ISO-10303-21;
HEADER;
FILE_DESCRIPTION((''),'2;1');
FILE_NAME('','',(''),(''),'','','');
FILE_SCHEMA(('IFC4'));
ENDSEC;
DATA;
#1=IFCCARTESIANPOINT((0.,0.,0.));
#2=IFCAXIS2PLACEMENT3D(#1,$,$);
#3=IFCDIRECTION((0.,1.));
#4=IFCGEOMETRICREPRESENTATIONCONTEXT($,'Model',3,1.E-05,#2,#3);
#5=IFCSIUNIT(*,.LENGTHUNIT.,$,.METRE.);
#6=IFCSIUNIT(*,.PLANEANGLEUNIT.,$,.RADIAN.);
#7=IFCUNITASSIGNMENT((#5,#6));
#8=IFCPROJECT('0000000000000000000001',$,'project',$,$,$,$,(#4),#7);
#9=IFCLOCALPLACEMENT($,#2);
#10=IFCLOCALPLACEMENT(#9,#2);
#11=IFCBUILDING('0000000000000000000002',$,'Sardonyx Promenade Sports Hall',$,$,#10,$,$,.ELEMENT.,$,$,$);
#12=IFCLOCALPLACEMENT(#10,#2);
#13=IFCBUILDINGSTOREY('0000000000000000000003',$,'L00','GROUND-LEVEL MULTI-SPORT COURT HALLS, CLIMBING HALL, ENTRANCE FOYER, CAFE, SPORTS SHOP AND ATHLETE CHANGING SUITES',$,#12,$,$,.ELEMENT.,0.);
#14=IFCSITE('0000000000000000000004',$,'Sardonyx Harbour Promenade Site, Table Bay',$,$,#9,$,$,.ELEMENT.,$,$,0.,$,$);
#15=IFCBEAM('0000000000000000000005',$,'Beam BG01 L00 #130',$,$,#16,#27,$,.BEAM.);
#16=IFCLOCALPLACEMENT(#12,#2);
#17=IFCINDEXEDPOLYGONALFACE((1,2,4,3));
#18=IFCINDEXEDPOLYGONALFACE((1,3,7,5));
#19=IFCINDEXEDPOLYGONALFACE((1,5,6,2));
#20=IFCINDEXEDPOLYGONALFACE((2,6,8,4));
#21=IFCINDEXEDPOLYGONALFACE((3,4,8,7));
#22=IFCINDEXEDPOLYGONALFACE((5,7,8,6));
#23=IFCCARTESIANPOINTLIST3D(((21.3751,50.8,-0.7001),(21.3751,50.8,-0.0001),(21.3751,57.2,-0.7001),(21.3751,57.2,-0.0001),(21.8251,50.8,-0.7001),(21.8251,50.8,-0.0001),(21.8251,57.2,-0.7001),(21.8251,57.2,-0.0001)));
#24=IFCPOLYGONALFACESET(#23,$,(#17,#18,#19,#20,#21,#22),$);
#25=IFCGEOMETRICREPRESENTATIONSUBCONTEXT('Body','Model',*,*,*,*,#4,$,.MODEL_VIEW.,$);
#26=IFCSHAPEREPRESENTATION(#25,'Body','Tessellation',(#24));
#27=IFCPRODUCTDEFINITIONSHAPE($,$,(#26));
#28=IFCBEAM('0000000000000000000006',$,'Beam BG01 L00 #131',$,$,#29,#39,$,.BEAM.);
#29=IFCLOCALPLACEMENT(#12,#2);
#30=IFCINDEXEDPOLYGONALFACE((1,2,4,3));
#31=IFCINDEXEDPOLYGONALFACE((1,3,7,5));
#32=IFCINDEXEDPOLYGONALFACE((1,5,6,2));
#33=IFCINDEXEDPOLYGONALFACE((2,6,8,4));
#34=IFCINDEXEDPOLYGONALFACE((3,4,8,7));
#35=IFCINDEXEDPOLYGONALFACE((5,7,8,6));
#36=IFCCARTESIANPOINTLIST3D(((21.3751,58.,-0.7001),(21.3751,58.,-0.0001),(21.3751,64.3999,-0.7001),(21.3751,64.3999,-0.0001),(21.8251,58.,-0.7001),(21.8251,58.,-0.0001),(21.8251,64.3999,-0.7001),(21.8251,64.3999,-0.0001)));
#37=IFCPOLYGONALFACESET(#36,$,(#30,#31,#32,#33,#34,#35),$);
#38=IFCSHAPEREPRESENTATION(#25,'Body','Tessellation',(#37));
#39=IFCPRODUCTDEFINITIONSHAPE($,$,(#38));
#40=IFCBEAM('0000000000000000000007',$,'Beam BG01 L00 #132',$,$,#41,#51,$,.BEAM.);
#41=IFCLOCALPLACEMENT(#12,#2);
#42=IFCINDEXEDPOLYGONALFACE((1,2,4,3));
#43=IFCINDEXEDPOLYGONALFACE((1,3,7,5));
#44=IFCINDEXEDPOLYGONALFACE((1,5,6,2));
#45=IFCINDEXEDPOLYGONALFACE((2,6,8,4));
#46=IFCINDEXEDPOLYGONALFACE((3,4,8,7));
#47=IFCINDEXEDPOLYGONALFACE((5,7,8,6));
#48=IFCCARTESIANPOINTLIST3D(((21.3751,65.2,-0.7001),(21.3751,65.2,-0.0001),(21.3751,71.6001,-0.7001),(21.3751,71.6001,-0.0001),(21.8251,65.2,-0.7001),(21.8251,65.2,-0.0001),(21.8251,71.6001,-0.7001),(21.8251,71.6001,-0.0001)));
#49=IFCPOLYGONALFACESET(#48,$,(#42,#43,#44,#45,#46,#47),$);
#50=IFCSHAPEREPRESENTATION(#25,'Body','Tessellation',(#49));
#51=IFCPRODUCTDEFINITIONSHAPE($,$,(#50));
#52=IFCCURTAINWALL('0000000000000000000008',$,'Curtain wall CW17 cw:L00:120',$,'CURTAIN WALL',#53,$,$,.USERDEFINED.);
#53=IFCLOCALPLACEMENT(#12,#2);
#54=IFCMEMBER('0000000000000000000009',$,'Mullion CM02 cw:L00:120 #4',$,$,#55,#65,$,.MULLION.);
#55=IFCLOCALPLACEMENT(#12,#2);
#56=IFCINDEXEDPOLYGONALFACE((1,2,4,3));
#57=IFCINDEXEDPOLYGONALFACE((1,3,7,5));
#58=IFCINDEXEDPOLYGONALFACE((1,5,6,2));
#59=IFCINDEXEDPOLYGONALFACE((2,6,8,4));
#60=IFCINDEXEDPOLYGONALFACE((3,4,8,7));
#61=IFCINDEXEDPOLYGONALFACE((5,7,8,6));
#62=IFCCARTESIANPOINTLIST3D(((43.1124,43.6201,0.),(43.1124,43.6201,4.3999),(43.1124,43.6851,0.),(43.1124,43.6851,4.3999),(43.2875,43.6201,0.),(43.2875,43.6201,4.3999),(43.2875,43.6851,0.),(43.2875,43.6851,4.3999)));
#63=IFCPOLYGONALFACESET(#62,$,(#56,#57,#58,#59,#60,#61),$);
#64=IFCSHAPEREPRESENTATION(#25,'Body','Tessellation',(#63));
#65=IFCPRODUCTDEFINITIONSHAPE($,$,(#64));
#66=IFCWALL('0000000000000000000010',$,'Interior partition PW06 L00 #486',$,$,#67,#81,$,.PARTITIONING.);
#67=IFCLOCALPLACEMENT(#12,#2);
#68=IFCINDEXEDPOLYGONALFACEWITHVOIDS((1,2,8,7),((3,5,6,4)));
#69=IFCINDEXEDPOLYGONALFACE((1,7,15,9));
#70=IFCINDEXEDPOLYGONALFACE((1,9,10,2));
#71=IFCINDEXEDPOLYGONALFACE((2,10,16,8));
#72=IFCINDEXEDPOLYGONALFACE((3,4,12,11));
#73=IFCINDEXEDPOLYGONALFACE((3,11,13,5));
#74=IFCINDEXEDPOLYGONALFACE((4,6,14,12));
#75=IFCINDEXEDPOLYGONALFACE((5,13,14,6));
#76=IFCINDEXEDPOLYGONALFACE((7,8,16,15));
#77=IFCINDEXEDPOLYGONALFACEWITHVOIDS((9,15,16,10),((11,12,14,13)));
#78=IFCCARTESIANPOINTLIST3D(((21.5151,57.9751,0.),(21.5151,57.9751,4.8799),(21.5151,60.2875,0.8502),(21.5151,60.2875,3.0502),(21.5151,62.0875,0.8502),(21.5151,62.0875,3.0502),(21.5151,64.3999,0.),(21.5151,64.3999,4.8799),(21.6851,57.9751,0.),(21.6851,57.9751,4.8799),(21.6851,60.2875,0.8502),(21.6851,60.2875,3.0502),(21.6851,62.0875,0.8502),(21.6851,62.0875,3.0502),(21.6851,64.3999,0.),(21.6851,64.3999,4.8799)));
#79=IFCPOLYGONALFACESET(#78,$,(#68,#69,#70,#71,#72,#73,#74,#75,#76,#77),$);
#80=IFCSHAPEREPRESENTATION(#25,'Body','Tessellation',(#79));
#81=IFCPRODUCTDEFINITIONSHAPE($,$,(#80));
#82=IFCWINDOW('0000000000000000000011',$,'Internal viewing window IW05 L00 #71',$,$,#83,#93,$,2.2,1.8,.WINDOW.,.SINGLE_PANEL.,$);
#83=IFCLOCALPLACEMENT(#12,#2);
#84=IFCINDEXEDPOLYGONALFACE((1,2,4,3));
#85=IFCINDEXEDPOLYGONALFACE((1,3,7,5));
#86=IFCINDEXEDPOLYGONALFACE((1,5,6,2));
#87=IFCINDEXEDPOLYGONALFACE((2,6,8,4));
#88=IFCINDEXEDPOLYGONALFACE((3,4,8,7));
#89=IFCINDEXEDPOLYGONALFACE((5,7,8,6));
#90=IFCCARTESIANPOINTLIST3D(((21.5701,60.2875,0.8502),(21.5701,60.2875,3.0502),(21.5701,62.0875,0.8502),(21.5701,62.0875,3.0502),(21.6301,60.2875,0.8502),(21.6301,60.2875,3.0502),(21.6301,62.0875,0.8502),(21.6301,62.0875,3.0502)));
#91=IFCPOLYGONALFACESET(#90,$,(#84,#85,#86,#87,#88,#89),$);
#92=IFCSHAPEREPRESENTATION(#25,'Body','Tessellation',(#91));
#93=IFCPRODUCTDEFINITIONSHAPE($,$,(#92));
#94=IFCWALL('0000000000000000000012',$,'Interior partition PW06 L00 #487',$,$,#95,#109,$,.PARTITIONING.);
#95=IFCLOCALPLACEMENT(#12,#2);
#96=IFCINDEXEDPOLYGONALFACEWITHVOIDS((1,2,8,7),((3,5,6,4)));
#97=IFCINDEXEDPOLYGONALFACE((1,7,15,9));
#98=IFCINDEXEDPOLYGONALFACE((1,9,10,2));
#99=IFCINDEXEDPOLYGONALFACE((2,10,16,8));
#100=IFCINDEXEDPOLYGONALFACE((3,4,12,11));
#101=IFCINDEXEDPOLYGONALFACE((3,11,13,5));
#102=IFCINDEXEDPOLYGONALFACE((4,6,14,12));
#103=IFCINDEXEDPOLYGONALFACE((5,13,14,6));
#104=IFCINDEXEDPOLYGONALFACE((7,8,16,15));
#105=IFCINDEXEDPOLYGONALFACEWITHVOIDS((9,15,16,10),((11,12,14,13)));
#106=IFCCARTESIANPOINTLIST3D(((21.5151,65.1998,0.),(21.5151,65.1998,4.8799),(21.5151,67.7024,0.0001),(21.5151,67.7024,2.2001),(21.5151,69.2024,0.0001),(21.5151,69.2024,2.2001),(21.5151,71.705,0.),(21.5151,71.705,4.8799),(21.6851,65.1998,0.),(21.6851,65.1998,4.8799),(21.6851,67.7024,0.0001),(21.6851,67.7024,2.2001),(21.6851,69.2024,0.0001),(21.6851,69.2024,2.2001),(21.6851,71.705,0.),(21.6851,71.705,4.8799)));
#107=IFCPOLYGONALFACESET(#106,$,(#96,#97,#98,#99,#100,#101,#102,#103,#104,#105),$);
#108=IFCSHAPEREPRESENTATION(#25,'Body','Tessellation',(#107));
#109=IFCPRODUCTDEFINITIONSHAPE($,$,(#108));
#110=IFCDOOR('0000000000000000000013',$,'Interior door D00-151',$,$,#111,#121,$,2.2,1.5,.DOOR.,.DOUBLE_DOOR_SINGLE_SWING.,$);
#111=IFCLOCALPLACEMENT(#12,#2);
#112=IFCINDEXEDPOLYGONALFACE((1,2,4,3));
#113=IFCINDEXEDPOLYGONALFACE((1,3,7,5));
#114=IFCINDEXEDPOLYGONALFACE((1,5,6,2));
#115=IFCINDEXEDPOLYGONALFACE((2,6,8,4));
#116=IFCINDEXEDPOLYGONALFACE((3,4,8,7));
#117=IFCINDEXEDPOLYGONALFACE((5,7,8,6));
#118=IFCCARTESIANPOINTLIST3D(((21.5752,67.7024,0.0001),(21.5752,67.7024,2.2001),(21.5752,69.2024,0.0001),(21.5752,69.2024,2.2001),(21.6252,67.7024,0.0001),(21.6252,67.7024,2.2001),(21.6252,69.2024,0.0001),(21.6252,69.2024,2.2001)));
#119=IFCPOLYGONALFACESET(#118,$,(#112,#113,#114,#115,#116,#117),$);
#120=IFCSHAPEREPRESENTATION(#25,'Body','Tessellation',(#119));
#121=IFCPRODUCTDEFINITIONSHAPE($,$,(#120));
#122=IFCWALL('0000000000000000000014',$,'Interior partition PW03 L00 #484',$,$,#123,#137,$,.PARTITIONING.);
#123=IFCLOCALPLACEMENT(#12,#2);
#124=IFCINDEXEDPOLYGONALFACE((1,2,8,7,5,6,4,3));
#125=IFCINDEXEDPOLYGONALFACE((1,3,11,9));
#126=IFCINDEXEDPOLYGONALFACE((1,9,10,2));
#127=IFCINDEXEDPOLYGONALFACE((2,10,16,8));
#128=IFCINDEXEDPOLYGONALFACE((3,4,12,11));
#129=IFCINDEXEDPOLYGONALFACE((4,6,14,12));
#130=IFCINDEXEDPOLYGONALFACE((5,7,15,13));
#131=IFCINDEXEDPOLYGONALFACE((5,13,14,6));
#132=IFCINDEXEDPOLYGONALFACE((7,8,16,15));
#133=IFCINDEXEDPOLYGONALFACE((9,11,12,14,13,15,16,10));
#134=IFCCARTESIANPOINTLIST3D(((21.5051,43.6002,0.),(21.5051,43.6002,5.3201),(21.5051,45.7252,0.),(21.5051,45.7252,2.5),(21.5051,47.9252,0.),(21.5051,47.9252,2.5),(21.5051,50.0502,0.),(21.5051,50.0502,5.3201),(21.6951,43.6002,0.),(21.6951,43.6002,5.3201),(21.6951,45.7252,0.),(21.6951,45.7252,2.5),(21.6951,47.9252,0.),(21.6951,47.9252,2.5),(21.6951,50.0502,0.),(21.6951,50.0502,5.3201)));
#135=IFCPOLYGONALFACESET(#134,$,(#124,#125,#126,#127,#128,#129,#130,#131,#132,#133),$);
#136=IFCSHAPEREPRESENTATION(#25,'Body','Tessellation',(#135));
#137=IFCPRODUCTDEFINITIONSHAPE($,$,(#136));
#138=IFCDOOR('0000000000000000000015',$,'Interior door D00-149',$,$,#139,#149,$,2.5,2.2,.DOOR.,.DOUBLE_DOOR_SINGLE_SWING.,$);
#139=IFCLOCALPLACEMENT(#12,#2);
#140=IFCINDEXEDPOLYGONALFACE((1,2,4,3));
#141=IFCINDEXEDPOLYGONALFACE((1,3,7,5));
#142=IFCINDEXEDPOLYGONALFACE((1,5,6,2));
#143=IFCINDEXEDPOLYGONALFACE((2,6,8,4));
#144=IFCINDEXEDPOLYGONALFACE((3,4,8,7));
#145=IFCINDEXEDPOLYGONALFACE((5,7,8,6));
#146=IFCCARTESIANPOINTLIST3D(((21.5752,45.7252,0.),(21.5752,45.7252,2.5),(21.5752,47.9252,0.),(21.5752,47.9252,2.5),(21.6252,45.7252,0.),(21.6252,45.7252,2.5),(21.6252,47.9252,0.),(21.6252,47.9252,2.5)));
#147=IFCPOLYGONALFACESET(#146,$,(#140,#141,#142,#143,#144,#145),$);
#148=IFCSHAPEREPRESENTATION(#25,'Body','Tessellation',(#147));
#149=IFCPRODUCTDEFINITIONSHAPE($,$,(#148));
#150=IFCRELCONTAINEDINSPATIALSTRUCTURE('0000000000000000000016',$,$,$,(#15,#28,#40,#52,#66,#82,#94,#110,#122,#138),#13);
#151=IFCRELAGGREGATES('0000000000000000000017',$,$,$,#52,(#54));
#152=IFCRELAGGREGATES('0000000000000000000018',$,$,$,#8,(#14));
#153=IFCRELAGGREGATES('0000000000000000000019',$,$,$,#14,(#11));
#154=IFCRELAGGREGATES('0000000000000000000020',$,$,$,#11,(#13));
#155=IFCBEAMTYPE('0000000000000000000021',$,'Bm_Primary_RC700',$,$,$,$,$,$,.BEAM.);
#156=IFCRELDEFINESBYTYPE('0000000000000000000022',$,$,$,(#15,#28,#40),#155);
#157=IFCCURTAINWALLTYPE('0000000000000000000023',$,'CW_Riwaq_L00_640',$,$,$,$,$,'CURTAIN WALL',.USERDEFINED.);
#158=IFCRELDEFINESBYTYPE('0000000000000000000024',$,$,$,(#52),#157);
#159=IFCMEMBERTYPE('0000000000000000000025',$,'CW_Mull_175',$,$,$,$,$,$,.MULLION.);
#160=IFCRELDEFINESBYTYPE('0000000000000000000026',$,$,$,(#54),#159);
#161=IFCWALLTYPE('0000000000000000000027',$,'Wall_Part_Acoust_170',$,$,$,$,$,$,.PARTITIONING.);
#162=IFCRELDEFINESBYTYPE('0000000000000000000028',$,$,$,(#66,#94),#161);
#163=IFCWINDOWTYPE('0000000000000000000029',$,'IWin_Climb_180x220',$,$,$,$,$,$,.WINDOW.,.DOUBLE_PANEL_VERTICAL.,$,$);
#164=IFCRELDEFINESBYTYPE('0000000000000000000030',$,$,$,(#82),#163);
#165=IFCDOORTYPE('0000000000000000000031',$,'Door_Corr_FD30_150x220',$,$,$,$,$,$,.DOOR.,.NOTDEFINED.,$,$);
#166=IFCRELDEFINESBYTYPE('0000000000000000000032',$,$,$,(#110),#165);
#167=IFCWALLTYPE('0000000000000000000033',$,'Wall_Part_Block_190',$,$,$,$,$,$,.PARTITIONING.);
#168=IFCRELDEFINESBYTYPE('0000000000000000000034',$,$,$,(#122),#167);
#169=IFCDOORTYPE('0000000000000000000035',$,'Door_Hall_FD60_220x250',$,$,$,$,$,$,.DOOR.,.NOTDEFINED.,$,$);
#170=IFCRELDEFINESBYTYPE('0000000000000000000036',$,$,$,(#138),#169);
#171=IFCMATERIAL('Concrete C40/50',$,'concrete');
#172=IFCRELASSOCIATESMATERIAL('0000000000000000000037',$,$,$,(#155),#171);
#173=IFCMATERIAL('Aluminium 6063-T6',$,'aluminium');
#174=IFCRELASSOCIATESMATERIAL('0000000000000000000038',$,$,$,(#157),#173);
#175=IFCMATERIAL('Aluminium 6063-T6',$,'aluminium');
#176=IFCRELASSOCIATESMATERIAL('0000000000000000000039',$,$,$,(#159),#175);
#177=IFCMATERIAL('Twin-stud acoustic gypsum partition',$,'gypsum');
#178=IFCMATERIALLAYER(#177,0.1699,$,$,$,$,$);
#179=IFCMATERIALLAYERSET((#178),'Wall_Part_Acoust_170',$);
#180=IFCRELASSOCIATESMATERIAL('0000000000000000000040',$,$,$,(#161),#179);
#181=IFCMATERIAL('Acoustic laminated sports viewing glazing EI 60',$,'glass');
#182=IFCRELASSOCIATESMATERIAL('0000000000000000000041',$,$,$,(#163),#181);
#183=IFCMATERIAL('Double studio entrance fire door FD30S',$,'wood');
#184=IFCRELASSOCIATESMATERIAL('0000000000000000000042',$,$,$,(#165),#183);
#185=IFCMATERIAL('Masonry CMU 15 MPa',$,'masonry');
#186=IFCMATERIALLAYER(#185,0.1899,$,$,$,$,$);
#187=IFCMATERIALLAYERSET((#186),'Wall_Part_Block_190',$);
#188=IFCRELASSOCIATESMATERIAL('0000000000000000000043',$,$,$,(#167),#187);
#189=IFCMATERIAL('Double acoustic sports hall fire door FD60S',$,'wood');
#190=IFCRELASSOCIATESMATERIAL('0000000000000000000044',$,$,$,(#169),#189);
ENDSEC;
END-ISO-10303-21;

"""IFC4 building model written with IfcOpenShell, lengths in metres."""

from ifc_helpers import new_model, si_unit, direction, frame, frame_2d, origin, origin_2d, place, context, subcontext, project, spatial, rectangle, extrude, material, layer, layer_set, material_profile, profile_set, type_object, element, fill, aggregate, save


model = new_model("IFC4")

# Units and contexts
model_context = context("Model", 3, precision=1e-05, world=origin(), true_north=direction((0.0, 1.0)))
body_context = subcontext(model_context, "Body", "Model", "MODEL_VIEW")
ifc_project = project(units=[si_unit("LENGTHUNIT", "METRE"), si_unit("PLANEANGLEUNIT", "RADIAN")], contexts=[model_context])

# Site, building, storey
site_placement = place(None, origin())
site = spatial("IfcSite", under=ifc_project, at=site_placement, Name="Sardonyx Harbour Promenade Site, Table Bay", CompositionType="ELEMENT", RefElevation=0.0)
building_placement = place(site_placement, origin())
building = spatial("IfcBuilding", under=site, at=building_placement, Name="Sardonyx Promenade Sports Hall", CompositionType="ELEMENT")
storey_placement = place(building_placement, origin())
storey = spatial("IfcBuildingStorey", under=building, at=storey_placement, Name="L00", Description="GROUND-LEVEL MULTI-SPORT COURT HALLS, CLIMBING HALL, ENTRANCE FOYER, CAFE, SPORTS SHOP AND ATHLETE CHANGING SUITES", CompositionType="ELEMENT", Elevation=0.0)

# Beams
ifc_material_1 = material(Name="Concrete C40/50", Category="concrete")
ifc_material_profile_1 = material_profile(ifc_material_1, rectangle(XDim=0.45, YDim=0.7, at=origin_2d()))
ifc_profile_set_1 = profile_set([ifc_material_profile_1], Name="Concrete C40/50")
beam_type = type_object("IfcBeamType", Name="Bm_Primary_RC700", PredefinedType="BEAM", material=ifc_profile_set_1)
for number, where, z_axis, x_axis, name in (
    (1, (21.6001, 50.8, -0.3501), (0.0, 1.0, 0.0), (-1.0, 0.0, 0.0), "Beam BG01 L00 #130"),
    (2, (21.6001, 58.0, -0.3501), (0.0, 1.0, 0.0), (-1.0, 0.0, 0.0), "Beam BG01 L00 #131"),
):
    element("IfcBeam", number, at=place(storey_placement, frame(where, z_axis=z_axis, x_axis=x_axis)), inside=storey, type_object=beam_type, Name=name, PredefinedType="BEAM", context=body_context, shape_type="SweptSolid", body=[
        extrude(rectangle(XDim=0.45, YDim=0.7, at=origin_2d()), origin(), (0.0, 0.0, 1.0), 6.3999),
    ])
beam_placement = place(storey_placement, frame((21.6001, 65.2, -0.3501), z_axis=(0.0, 1.0, 0.0), x_axis=(-1.0, 0.0, 0.0)))
element("IfcBeam", 3, at=beam_placement, inside=storey, type_object=beam_type, Name="Beam BG01 L00 #132", PredefinedType="BEAM", context=body_context, shape_type="SweptSolid", body=[
    extrude(rectangle(XDim=0.45, YDim=0.7, at=origin_2d()), origin(), (0.0, 0.0, 1.0), 6.4001),
])

# Curtain wall, member
ifc_material_2 = material(Name="Aluminium 6063-T6", Category="aluminium")
curtain_wall_type = type_object("IfcCurtainWallType", Name="CW_Riwaq_L00_640", ElementType="CURTAIN WALL", PredefinedType="USERDEFINED", material=ifc_material_2)
curtain_wall_placement = place(storey_placement, origin())
curtain_wall = element("IfcCurtainWall", 4, at=curtain_wall_placement, inside=storey, type_object=curtain_wall_type, Name="Curtain wall CW17 cw:L00:120", ObjectType="CURTAIN WALL", PredefinedType="USERDEFINED")
ifc_material_3 = material(Name="Aluminium 6063-T6", Category="aluminium")
ifc_material_profile_2 = material_profile(ifc_material_3, rectangle(XDim=0.0649, YDim=0.175, at=origin_2d()))
ifc_profile_set_2 = profile_set([ifc_material_profile_2], Name="Aluminium 6063-T6")
member_type = type_object("IfcMemberType", Name="CW_Mull_175", PredefinedType="MULLION", material=ifc_profile_set_2)
member_placement = place(storey_placement, frame((43.2, 43.6526, 0.0), z_axis=(0.0, 0.0, 1.0), x_axis=(0.0, -1.0, 0.0)))
member = element("IfcMember", 5, at=member_placement, type_object=member_type, Name="Mullion CM02 cw:L00:120 #4", PredefinedType="MULLION", context=body_context, shape_type="SweptSolid", body=[
    extrude(rectangle(XDim=0.0649, YDim=0.175, at=origin_2d()), origin(), (0.0, 0.0, 1.0), 4.3999),
])
aggregate(curtain_wall, [member])

# Wall, opening, window
ifc_material_4 = material(Name="Twin-stud acoustic gypsum partition", Category="gypsum")
ifc_layer_1 = layer(ifc_material_4, 0.1699)
ifc_layer_set_1 = layer_set([ifc_layer_1], Name="Wall_Part_Acoust_170")
wall_type_1 = type_object("IfcWallType", Name="Wall_Part_Acoust_170", PredefinedType="PARTITIONING", material=ifc_layer_set_1)
wall_1_placement = place(storey_placement, frame((21.6001, 57.9751, 0.0), z_axis=(0.0, 0.0, 1.0), x_axis=(0.0, 1.0, 0.0)))
wall_1 = element("IfcWall", 6, at=wall_1_placement, inside=storey, type_object=wall_type_1, Name="Interior partition PW06 L00 #486", PredefinedType="PARTITIONING", context=body_context, shape_type="SweptSolid", body=[
    extrude(rectangle(XDim=6.4248, YDim=0.1699, at=frame_2d((3.2124, 0.0))), origin(), (0.0, 0.0, 1.0), 4.8799),
])
opening_1_placement = place(wall_1_placement, frame((2.3125, 0.0, 0.8501)))
opening_1 = element("IfcOpeningElement", 7, at=opening_1_placement, cuts=wall_1, PredefinedType="OPENING", context=body_context, shape_type="SweptSolid", body=[
    extrude(rectangle(XDim=1.8, YDim=2.2, at=frame_2d((0.8999, 1.1001))), frame((0.0, 0.095, 0.0), z_axis=(0.0, -1.0, 0.0), x_axis=(1.0, 0.0, 0.0)), (0.0, 0.0, 1.0), 0.19),
])
ifc_material_5 = material(Name="Acoustic laminated sports viewing glazing EI 60", Category="glass")
window_type = type_object("IfcWindowType", Name="IWin_Climb_180x220", PartitioningType="DOUBLE_PANEL_VERTICAL", PredefinedType="WINDOW", material=ifc_material_5)
window_placement = place(opening_1_placement, origin())
window = element("IfcWindow", 8, at=window_placement, inside=storey, type_object=window_type, Name="Internal viewing window IW05 L00 #71", OverallHeight=2.2, OverallWidth=1.8, PartitioningType="SINGLE_PANEL", PredefinedType="WINDOW", context=body_context, shape_type="SweptSolid", body=[
    extrude(rectangle(XDim=1.8, YDim=2.2, at=frame_2d((0.8999, 1.1001))), frame((0.0, 0.03, 0.0), z_axis=(0.0, -1.0, 0.0), x_axis=(1.0, 0.0, 0.0)), (0.0, 0.0, 1.0), 0.0601),
])
fill(opening_1, window)

# Walls, openings, doors
wall_2_placement = place(storey_placement, frame((21.6001, 65.2, 0.0), z_axis=(0.0, 0.0, 1.0), x_axis=(0.0, 1.0, 0.0)))
wall_2 = element("IfcWall", 9, at=wall_2_placement, inside=storey, type_object=wall_type_1, Name="Interior partition PW06 L00 #487", PredefinedType="PARTITIONING", context=body_context, shape_type="SweptSolid", body=[
    extrude(rectangle(XDim=6.5051, YDim=0.1699, at=frame_2d((3.2524, 0.0))), origin(), (0.0, 0.0, 1.0), 4.8799),
])
opening_2_placement = place(wall_2_placement, frame((2.5024, 0.0, 0.0)))
opening_2 = element("IfcOpeningElement", 10, at=opening_2_placement, cuts=wall_2, PredefinedType="OPENING", context=body_context, shape_type="SweptSolid", body=[
    extrude(rectangle(XDim=1.5, YDim=2.2, at=frame_2d((0.75, 1.1001))), frame((0.0, 0.095, 0.0), z_axis=(0.0, -1.0, 0.0), x_axis=(1.0, 0.0, 0.0)), (0.0, 0.0, 1.0), 0.19),
])
ifc_material_6 = material(Name="Double studio entrance fire door FD30S", Category="wood")
door_type_1 = type_object("IfcDoorType", Name="Door_Corr_FD30_150x220", OperationType="NOTDEFINED", PredefinedType="DOOR", material=ifc_material_6)
door_1_placement = place(opening_2_placement, origin())
door_1 = element("IfcDoor", 11, at=door_1_placement, inside=storey, type_object=door_type_1, Name="Interior door D00-151", OperationType="DOUBLE_DOOR_SINGLE_SWING", OverallHeight=2.2, OverallWidth=1.5, PredefinedType="DOOR", context=body_context, shape_type="SweptSolid", body=[
    extrude(rectangle(XDim=1.5, YDim=2.2, at=frame_2d((0.75, 1.1001))), frame((0.0, 0.0249, 0.0), z_axis=(0.0, -1.0, 0.0), x_axis=(1.0, 0.0, 0.0)), (0.0, 0.0, 1.0), 0.05),
])
fill(opening_2, door_1)
ifc_material_7 = material(Name="Masonry CMU 15 MPa", Category="masonry")
ifc_layer_2 = layer(ifc_material_7, 0.1899)
ifc_layer_set_2 = layer_set([ifc_layer_2], Name="Wall_Part_Block_190")
wall_type_2 = type_object("IfcWallType", Name="Wall_Part_Block_190", PredefinedType="PARTITIONING", material=ifc_layer_set_2)
wall_3_placement = place(storey_placement, frame((21.6001, 43.6001, 0.0), z_axis=(0.0, 0.0, 1.0), x_axis=(0.0, 1.0, 0.0)))
wall_3 = element("IfcWall", 12, at=wall_3_placement, inside=storey, type_object=wall_type_2, Name="Interior partition PW03 L00 #484", PredefinedType="PARTITIONING", context=body_context, shape_type="SweptSolid", body=[
    extrude(rectangle(XDim=6.45, YDim=0.1899, at=frame_2d((3.2251, 0.0))), origin(), (0.0, 0.0, 1.0), 5.3201),
])
opening_3_placement = place(wall_3_placement, frame((2.125, 0.0, 0.0)))
opening_3 = element("IfcOpeningElement", 13, at=opening_3_placement, cuts=wall_3, PredefinedType="OPENING", context=body_context, shape_type="SweptSolid", body=[
    extrude(rectangle(XDim=2.2, YDim=2.5, at=frame_2d((1.1001, 1.25))), frame((0.0, 0.105, 0.0), z_axis=(0.0, -1.0, 0.0), x_axis=(1.0, 0.0, 0.0)), (0.0, 0.0, 1.0), 0.21),
])
ifc_material_8 = material(Name="Double acoustic sports hall fire door FD60S", Category="wood")
door_type_2 = type_object("IfcDoorType", Name="Door_Hall_FD60_220x250", OperationType="NOTDEFINED", PredefinedType="DOOR", material=ifc_material_8)
door_2_placement = place(opening_3_placement, origin())
door_2 = element("IfcDoor", 14, at=door_2_placement, inside=storey, type_object=door_type_2, Name="Interior door D00-149", OperationType="DOUBLE_DOOR_SINGLE_SWING", OverallHeight=2.5, OverallWidth=2.2, PredefinedType="DOOR", context=body_context, shape_type="SweptSolid", body=[
    extrude(rectangle(XDim=2.2, YDim=2.5, at=frame_2d((1.1001, 1.25))), frame((0.0, 0.0249, 0.0), z_axis=(0.0, -1.0, 0.0), x_axis=(1.0, 0.0, 0.0)), (0.0, 0.0, 1.0), 0.05),
])
fill(opening_3, door_2)

save(model, "model.ifc")
